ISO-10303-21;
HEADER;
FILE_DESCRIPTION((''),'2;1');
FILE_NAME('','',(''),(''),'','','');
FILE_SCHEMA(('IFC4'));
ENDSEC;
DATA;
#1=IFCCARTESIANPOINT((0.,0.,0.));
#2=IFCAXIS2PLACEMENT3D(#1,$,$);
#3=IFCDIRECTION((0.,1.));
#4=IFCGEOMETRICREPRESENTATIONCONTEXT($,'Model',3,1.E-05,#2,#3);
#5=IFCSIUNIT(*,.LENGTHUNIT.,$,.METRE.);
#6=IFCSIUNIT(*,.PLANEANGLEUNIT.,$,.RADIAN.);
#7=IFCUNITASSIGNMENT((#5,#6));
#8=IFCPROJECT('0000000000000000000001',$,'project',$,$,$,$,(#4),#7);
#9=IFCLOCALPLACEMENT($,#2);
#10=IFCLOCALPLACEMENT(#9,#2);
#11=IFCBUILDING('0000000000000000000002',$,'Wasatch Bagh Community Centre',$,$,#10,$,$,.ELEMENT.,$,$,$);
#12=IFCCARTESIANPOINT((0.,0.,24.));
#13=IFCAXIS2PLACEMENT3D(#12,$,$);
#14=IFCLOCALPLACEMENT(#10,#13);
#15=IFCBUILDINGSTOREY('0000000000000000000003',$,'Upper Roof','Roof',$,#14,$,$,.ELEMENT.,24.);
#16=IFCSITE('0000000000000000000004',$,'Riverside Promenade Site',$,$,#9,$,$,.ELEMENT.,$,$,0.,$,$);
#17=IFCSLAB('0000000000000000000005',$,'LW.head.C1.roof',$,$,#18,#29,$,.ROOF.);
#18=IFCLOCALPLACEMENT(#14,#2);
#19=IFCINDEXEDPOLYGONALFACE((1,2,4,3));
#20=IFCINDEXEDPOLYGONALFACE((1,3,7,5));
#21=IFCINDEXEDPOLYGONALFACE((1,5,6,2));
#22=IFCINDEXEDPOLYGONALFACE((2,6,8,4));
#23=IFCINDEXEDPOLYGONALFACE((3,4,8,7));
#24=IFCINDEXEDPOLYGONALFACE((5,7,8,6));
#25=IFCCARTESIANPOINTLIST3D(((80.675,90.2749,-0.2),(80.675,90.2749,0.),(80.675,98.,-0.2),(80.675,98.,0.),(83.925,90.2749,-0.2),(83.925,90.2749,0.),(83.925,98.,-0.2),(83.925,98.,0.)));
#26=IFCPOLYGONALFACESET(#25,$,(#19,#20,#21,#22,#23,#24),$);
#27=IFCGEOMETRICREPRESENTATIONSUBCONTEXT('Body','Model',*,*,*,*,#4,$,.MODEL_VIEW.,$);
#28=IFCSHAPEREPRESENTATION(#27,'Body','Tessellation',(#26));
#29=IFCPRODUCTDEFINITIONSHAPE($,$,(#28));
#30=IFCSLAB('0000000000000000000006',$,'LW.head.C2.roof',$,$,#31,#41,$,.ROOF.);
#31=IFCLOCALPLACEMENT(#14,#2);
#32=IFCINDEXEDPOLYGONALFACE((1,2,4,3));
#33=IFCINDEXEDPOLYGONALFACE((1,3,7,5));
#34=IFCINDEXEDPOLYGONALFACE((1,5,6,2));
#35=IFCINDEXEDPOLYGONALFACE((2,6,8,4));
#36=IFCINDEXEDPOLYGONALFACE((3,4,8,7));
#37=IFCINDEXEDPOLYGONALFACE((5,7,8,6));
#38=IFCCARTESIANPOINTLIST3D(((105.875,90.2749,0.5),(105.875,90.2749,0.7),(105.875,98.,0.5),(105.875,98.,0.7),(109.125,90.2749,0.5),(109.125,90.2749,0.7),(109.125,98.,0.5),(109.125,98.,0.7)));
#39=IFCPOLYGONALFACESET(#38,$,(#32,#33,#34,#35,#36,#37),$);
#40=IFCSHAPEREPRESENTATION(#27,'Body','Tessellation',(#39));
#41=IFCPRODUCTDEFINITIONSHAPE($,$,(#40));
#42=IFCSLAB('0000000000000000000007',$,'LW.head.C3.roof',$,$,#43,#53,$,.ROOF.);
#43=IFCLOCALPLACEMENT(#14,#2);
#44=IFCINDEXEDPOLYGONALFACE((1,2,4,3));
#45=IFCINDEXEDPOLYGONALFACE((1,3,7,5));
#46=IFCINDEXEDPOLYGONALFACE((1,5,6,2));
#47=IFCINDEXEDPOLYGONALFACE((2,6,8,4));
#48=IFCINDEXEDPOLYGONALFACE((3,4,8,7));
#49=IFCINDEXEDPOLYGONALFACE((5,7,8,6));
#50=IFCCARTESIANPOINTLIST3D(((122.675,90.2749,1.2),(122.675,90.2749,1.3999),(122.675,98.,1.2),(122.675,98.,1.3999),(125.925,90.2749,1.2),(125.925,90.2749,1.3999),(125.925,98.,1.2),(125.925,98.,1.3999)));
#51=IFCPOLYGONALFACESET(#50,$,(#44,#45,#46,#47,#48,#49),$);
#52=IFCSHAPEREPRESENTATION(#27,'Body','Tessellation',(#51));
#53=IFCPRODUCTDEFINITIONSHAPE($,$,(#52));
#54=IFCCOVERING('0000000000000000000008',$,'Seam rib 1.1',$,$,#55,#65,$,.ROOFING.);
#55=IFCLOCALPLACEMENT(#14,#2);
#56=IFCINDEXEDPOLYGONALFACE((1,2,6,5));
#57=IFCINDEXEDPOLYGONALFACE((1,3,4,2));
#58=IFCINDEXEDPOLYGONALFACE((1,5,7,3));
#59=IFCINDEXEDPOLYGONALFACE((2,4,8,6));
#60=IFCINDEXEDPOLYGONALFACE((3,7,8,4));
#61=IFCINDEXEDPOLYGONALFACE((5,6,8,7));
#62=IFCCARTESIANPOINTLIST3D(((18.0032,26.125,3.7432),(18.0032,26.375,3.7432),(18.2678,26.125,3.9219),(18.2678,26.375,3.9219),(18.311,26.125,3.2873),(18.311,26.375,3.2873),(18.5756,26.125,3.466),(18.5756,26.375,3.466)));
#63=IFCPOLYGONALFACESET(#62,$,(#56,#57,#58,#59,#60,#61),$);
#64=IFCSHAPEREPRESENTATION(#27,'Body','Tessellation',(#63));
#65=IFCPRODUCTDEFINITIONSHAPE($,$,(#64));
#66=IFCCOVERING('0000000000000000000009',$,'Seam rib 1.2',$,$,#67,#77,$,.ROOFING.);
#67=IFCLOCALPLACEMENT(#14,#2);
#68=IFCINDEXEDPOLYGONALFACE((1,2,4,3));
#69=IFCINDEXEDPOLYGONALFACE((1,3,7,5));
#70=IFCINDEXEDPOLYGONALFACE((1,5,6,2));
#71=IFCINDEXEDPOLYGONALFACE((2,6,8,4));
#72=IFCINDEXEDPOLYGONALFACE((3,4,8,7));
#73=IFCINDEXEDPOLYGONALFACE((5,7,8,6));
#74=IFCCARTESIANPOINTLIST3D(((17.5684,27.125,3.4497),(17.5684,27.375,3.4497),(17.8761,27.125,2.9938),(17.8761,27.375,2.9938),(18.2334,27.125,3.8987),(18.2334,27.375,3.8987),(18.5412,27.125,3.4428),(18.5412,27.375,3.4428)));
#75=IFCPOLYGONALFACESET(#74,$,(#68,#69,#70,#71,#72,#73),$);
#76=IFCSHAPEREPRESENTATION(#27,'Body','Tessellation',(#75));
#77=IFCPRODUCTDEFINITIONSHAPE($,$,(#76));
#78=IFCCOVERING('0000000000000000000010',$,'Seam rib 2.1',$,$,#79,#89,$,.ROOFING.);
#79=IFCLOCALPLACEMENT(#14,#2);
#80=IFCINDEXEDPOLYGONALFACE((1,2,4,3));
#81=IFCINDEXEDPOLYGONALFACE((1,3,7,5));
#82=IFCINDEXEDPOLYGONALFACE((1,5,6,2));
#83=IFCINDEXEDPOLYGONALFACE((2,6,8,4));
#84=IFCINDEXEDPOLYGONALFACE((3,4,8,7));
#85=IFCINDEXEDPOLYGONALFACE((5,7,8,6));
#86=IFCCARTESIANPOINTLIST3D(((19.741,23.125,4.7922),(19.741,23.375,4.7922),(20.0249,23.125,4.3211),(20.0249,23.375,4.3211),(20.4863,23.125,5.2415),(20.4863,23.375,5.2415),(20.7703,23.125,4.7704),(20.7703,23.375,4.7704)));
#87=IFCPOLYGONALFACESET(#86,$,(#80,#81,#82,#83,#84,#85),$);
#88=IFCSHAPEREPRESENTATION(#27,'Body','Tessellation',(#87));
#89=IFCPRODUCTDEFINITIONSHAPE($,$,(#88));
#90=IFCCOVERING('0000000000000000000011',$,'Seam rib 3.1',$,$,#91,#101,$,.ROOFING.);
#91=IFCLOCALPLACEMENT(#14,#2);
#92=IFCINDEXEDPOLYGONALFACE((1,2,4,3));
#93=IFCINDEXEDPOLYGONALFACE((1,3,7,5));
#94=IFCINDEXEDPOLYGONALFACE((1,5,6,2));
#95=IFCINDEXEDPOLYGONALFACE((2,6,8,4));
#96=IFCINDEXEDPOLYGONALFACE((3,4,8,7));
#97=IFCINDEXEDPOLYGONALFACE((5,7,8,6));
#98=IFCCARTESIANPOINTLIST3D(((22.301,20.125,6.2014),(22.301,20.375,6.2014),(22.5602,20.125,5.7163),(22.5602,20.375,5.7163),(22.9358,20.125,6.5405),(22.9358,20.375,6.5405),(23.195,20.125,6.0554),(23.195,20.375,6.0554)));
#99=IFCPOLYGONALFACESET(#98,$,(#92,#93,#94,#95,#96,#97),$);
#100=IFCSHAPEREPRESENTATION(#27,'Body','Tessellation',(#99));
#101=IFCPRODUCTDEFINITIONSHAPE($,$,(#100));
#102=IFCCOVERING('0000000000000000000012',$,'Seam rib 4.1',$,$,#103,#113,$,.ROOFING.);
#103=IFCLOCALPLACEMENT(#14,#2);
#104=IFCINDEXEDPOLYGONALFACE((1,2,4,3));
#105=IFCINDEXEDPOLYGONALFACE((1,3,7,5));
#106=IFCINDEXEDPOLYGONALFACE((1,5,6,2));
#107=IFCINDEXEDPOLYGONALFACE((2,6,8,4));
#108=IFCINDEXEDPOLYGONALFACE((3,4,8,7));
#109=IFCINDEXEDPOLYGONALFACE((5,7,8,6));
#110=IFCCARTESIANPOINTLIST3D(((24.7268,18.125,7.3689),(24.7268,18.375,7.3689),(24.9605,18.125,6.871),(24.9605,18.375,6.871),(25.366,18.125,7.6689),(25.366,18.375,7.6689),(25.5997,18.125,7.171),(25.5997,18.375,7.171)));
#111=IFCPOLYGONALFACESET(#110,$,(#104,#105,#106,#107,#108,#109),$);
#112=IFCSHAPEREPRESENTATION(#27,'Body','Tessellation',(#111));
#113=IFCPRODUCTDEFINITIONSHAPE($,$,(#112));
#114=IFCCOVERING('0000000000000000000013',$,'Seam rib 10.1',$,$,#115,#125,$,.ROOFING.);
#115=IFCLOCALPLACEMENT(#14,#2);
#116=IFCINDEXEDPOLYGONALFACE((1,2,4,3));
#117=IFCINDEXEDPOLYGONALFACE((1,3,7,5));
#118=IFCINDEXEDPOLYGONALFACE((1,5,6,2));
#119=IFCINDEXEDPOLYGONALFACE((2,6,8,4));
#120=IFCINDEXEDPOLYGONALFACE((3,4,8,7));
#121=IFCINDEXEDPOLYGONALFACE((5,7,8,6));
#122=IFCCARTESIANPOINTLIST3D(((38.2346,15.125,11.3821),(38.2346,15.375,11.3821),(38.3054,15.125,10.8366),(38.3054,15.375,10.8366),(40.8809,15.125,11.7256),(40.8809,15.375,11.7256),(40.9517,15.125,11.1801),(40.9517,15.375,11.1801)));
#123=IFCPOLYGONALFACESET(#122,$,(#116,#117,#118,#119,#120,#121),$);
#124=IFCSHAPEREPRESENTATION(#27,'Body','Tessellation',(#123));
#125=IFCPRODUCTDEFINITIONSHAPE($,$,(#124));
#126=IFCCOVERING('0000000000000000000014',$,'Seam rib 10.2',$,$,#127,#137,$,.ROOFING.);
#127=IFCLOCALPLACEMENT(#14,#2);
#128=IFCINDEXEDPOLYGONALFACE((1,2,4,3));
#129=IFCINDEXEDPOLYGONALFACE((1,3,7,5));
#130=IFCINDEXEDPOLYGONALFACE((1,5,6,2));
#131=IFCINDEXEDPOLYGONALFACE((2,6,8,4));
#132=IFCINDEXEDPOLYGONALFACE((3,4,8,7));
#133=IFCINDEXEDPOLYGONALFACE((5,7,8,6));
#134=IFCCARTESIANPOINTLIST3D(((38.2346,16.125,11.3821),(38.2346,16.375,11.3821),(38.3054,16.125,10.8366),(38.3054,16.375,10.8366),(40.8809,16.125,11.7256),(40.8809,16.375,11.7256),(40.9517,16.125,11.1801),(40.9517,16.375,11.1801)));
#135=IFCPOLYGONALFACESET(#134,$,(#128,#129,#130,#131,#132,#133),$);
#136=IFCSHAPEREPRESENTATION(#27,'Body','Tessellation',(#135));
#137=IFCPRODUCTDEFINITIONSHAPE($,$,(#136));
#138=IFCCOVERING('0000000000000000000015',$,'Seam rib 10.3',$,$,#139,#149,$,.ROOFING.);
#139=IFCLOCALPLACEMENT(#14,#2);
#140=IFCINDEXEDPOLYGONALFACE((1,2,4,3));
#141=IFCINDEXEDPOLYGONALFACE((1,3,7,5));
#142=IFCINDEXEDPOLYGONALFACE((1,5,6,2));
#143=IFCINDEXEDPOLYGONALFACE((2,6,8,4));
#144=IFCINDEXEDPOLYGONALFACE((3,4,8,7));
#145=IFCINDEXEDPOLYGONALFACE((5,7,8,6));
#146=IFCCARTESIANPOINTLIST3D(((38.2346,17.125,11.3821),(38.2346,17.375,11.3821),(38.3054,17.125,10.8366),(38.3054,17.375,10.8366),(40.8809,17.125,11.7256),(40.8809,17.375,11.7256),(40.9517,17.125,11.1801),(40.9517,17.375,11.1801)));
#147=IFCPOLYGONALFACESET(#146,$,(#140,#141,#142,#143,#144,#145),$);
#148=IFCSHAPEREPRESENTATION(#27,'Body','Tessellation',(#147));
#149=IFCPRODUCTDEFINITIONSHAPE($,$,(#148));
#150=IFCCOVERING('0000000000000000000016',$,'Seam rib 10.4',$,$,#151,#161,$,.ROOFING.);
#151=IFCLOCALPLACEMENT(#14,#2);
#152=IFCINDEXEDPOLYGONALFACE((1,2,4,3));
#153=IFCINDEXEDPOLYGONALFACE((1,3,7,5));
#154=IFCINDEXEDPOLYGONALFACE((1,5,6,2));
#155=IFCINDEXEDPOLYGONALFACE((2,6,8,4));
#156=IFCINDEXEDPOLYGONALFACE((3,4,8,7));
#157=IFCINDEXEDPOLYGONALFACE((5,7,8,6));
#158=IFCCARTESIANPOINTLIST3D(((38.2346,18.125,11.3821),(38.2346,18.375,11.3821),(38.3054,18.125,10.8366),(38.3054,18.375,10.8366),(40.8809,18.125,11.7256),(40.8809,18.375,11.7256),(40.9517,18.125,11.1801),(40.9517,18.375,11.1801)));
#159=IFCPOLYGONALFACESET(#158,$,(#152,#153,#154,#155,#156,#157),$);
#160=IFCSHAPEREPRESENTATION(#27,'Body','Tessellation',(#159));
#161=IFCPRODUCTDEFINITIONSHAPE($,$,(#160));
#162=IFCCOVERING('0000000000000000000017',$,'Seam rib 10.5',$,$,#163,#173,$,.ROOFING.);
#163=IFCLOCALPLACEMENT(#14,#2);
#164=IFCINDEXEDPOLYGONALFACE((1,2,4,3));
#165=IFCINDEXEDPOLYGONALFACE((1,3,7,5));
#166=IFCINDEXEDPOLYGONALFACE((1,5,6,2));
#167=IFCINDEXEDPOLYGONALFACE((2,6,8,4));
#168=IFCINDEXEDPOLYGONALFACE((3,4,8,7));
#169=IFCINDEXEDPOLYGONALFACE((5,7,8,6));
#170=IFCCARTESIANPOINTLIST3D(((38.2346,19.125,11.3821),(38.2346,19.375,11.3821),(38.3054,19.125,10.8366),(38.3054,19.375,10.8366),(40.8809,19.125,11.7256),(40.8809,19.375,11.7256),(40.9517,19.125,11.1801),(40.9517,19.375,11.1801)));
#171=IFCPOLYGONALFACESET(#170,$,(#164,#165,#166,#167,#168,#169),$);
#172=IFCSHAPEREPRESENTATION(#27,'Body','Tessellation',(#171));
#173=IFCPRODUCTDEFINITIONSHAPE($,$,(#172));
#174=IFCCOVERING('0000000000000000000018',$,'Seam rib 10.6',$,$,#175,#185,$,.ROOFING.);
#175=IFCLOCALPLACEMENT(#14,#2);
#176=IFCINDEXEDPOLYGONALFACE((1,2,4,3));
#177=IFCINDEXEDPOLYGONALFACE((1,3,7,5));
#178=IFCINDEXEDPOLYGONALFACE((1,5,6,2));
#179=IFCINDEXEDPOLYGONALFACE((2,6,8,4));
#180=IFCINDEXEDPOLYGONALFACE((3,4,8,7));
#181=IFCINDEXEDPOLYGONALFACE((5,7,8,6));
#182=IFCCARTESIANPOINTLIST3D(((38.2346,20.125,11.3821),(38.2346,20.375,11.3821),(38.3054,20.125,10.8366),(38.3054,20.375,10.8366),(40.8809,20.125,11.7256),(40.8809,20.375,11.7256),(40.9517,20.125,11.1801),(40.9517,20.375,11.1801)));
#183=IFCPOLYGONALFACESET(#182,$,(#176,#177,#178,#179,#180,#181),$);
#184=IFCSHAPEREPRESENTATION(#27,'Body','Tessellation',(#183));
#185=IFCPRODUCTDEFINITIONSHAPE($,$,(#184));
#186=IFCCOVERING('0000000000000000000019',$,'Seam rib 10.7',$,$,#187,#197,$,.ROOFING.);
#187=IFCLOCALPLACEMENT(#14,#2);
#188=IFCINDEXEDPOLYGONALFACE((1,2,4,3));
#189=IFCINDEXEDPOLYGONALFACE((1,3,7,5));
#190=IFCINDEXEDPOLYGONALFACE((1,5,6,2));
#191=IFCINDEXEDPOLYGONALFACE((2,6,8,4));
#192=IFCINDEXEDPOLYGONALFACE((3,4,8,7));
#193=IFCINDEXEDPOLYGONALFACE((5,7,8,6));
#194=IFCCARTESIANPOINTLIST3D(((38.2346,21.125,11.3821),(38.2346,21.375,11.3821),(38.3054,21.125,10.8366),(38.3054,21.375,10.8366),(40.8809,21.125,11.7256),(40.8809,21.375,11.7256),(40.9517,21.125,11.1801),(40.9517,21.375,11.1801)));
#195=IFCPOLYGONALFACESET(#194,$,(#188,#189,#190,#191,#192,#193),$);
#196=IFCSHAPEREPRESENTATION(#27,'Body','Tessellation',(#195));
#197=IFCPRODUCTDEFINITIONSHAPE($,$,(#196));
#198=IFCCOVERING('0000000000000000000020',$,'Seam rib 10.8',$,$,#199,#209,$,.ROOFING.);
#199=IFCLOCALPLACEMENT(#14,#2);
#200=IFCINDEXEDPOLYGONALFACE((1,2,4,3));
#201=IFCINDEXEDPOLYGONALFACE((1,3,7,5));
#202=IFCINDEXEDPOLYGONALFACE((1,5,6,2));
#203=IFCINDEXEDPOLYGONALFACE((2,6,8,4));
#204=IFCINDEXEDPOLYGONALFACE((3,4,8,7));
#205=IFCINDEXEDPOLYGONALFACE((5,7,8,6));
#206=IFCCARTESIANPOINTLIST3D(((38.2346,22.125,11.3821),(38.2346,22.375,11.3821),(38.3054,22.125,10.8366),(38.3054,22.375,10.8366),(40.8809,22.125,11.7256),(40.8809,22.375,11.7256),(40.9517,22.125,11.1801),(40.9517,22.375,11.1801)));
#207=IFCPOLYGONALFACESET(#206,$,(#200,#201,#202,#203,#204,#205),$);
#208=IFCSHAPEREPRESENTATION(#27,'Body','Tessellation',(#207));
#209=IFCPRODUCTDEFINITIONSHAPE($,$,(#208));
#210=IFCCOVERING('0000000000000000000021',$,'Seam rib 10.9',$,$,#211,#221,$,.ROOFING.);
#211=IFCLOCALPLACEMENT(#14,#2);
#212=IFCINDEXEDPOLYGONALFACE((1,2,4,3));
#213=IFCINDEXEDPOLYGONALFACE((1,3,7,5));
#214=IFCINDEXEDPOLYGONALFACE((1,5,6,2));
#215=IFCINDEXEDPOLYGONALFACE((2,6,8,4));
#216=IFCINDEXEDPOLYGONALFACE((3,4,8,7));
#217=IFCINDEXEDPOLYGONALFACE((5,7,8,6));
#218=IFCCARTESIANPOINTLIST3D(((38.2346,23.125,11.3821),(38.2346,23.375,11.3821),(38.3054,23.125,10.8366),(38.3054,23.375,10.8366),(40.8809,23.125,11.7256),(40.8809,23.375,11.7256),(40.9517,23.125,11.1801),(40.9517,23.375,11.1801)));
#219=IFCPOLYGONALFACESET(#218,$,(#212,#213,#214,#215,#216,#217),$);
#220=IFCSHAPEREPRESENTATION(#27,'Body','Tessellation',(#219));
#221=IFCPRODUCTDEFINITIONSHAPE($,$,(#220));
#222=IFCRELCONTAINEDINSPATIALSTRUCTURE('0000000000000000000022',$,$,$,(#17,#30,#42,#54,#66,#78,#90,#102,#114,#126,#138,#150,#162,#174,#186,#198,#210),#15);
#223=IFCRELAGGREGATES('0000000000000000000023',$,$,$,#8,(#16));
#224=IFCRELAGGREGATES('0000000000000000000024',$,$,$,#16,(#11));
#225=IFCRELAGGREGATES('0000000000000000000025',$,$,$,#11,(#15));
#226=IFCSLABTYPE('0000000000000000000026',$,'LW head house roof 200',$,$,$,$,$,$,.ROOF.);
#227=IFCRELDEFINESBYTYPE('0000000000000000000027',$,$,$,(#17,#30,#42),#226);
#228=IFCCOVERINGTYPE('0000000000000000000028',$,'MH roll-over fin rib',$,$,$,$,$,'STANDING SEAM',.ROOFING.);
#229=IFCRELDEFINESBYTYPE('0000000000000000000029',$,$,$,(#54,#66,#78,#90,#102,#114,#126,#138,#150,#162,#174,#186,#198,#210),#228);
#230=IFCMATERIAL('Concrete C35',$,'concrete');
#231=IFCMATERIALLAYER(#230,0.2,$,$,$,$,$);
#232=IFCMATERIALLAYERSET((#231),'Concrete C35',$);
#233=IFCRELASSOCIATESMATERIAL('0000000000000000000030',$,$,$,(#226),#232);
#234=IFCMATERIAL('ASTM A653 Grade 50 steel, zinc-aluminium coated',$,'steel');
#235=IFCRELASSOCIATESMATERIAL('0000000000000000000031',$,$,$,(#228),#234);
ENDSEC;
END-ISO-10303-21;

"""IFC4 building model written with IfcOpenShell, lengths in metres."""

from ifc_helpers import new_model, si_unit, direction, frame, origin, place, context, subcontext, project, spatial, polyline, outline, extrude, material, layer, layer_set, type_object, element, save


model = new_model("IFC4")

# Units and contexts
model_context = context("Model", 3, precision=1e-05, world=origin(), true_north=direction((0.0, 1.0)))
body_context = subcontext(model_context, "Body", "Model", "MODEL_VIEW")
ifc_project = project(units=[si_unit("LENGTHUNIT", "METRE"), si_unit("PLANEANGLEUNIT", "RADIAN")], contexts=[model_context])

# Site, building, storey
site_placement = place(None, origin())
site = spatial("IfcSite", under=ifc_project, at=site_placement, Name="Riverside Promenade Site", CompositionType="ELEMENT", RefElevation=0.0)
building_placement = place(site_placement, origin())
building = spatial("IfcBuilding", under=site, at=building_placement, Name="Wasatch Bagh Community Centre", CompositionType="ELEMENT")
storey_placement = place(building_placement, frame((0.0, 0.0, 24.0)))
storey = spatial("IfcBuildingStorey", under=building, at=storey_placement, Name="Upper Roof", Description="Roof", CompositionType="ELEMENT", Elevation=24.0)

# Slabs
ifc_material_1 = material(Name="Concrete C35", Category="concrete")
ifc_layer = layer(ifc_material_1, 0.2)
ifc_layer_set = layer_set([ifc_layer], Name="Concrete C35")
slab_type = type_object("IfcSlabType", Name="LW head house roof 200", PredefinedType="ROOF", material=ifc_layer_set)
slab_1_placement = place(storey_placement, frame((0.0, 0.0, -0.2)))
element("IfcSlab", 1, at=slab_1_placement, inside=storey, type_object=slab_type, Name="LW.head.C1.roof", PredefinedType="ROOF", context=body_context, shape_type="SweptSolid", body=[
    extrude(outline(polyline([(80.675, 90.2749), (83.925, 90.2749), (83.925, 98.0), (80.675, 98.0), (80.675, 90.2749)])), origin(), (0.0, 0.0, 1.0), 0.2),
])
slab_2_placement = place(storey_placement, frame((0.0, 0.0, 0.5)))
element("IfcSlab", 2, at=slab_2_placement, inside=storey, type_object=slab_type, Name="LW.head.C2.roof", PredefinedType="ROOF", context=body_context, shape_type="SweptSolid", body=[
    extrude(outline(polyline([(105.875, 90.2749), (109.125, 90.2749), (109.125, 98.0), (105.875, 98.0), (105.875, 90.2749)])), origin(), (0.0, 0.0, 1.0), 0.2),
])
slab_3_placement = place(storey_placement, frame((0.0, 0.0, 1.2)))
element("IfcSlab", 3, at=slab_3_placement, inside=storey, type_object=slab_type, Name="LW.head.C3.roof", PredefinedType="ROOF", context=body_context, shape_type="SweptSolid", body=[
    extrude(outline(polyline([(122.675, 90.2749), (125.925, 90.2749), (125.925, 98.0), (122.675, 98.0), (122.675, 90.2749)])), origin(), (0.0, 0.0, 1.0), 0.2),
])

# Coverings
ifc_material_2 = material(Name="ASTM A653 Grade 50 steel, zinc-aluminium coated", Category="steel")
covering_type = type_object("IfcCoveringType", Name="MH roll-over fin rib", ElementType="STANDING SEAM", PredefinedType="ROOFING", material=ifc_material_2)
covering_1_placement = place(storey_placement, frame((18.0032, 26.125, 3.7432), z_axis=(-0.55963, 0.0, 0.828742), x_axis=(0.828742, 0.0, 0.55963)))
element("IfcCovering", 4, at=covering_1_placement, inside=storey, type_object=covering_type, Name="Seam rib 1.1", PredefinedType="ROOFING", context=body_context, shape_type="SweptSolid", body=[
    extrude(outline(polyline([(0.0, 0.0), (0.3193, 0.0), (0.3193, 0.25), (0.0, 0.25), (0.0, 0.0)])), origin(), (0.0, 0.0, -1.0), 0.55),
])
covering_2_placement = place(storey_placement, frame((17.5684, 27.125, 3.4497), z_axis=(-0.559536, 0.0, 0.828806), x_axis=(0.828806, 0.0, 0.559536)))
element("IfcCovering", 5, at=covering_2_placement, inside=storey, type_object=covering_type, Name="Seam rib 1.2", PredefinedType="ROOFING", context=body_context, shape_type="SweptSolid", body=[
    extrude(outline(polyline([(0.0, 0.0), (0.8024, 0.0), (0.8024, 0.25), (0.0, 0.25), (0.0, 0.0)])), origin(), (0.0, 0.0, -1.0), 0.55),
])
covering_3_placement = place(storey_placement, frame((19.741, 23.125, 4.7922), z_axis=(-0.516186, 0.0, 0.856476), x_axis=(0.856476, 0.0, 0.516186)))
element("IfcCovering", 6, at=covering_3_placement, inside=storey, type_object=covering_type, Name="Seam rib 2.1", PredefinedType="ROOFING", context=body_context, shape_type="SweptSolid", body=[
    extrude(outline(polyline([(0.0, 0.0), (0.8703, 0.0), (0.8703, 0.25), (0.0, 0.25), (0.0, 0.0)])), origin(), (0.0, 0.0, -1.0), 0.55),
])
covering_4_placement = place(storey_placement, frame((22.301, 20.125, 6.2014), z_axis=(-0.471204, 0.0, 0.882024), x_axis=(0.882024, 0.0, 0.471204)))
element("IfcCovering", 7, at=covering_4_placement, inside=storey, type_object=covering_type, Name="Seam rib 3.1", PredefinedType="ROOFING", context=body_context, shape_type="SweptSolid", body=[
    extrude(outline(polyline([(0.0, 0.0), (0.7197, 0.0), (0.7197, 0.25), (0.0, 0.25), (0.0, 0.0)])), origin(), (0.0, 0.0, -1.0), 0.55),
])
covering_5_placement = place(storey_placement, frame((24.7268, 18.125, 7.3689), z_axis=(-0.424948, 0.0, 0.905218), x_axis=(0.905218, 0.0, 0.424948)))
element("IfcCovering", 8, at=covering_5_placement, inside=storey, type_object=covering_type, Name="Seam rib 4.1", PredefinedType="ROOFING", context=body_context, shape_type="SweptSolid", body=[
    extrude(outline(polyline([(0.0, 0.0), (0.7061, 0.0), (0.7061, 0.25), (0.0, 0.25), (0.0, 0.0)])), origin(), (0.0, 0.0, -1.0), 0.55),
])
for number, where, z_axis, x_axis, name in (
    (9, (38.2346, 15.125, 11.3821), (-0.128729, 0.0, 0.99168), (0.99168, 0.0, 0.128729), "Seam rib 10.1"),
    (10, (38.2346, 16.125, 11.3821), (-0.128729, 0.0, 0.99168), (0.99168, 0.0, 0.128729), "Seam rib 10.2"),
    (11, (38.2346, 17.125, 11.3821), (-0.128729, 0.0, 0.99168), (0.99168, 0.0, 0.128729), "Seam rib 10.3"),
    (12, (38.2346, 18.125, 11.3821), (-0.128729, 0.0, 0.99168), (0.99168, 0.0, 0.128729), "Seam rib 10.4"),
    (13, (38.2346, 19.125, 11.3821), (-0.128729, 0.0, 0.99168), (0.99168, 0.0, 0.128729), "Seam rib 10.5"),
    (14, (38.2346, 20.125, 11.3821), (-0.128729, 0.0, 0.99168), (0.99168, 0.0, 0.128729), "Seam rib 10.6"),
    (15, (38.2346, 21.125, 11.3821), (-0.128729, 0.0, 0.99168), (0.99168, 0.0, 0.128729), "Seam rib 10.7"),
    (16, (38.2346, 22.125, 11.3821), (-0.128729, 0.0, 0.99168), (0.99168, 0.0, 0.128729), "Seam rib 10.8"),
    (17, (38.2346, 23.125, 11.3821), (-0.128729, 0.0, 0.99168), (0.99168, 0.0, 0.128729), "Seam rib 10.9"),
):
    element("IfcCovering", number, at=place(storey_placement, frame(where, z_axis=z_axis, x_axis=x_axis)), inside=storey, type_object=covering_type, Name=name, PredefinedType="ROOFING", context=body_context, shape_type="SweptSolid", body=[
        extrude(outline(polyline([(0.0, 0.0), (2.6684, 0.0), (2.6684, 0.25), (0.0, 0.25), (0.0, 0.0)])), origin(), (0.0, 0.0, -1.0), 0.55),
    ])

save(model, "model.ifc")
